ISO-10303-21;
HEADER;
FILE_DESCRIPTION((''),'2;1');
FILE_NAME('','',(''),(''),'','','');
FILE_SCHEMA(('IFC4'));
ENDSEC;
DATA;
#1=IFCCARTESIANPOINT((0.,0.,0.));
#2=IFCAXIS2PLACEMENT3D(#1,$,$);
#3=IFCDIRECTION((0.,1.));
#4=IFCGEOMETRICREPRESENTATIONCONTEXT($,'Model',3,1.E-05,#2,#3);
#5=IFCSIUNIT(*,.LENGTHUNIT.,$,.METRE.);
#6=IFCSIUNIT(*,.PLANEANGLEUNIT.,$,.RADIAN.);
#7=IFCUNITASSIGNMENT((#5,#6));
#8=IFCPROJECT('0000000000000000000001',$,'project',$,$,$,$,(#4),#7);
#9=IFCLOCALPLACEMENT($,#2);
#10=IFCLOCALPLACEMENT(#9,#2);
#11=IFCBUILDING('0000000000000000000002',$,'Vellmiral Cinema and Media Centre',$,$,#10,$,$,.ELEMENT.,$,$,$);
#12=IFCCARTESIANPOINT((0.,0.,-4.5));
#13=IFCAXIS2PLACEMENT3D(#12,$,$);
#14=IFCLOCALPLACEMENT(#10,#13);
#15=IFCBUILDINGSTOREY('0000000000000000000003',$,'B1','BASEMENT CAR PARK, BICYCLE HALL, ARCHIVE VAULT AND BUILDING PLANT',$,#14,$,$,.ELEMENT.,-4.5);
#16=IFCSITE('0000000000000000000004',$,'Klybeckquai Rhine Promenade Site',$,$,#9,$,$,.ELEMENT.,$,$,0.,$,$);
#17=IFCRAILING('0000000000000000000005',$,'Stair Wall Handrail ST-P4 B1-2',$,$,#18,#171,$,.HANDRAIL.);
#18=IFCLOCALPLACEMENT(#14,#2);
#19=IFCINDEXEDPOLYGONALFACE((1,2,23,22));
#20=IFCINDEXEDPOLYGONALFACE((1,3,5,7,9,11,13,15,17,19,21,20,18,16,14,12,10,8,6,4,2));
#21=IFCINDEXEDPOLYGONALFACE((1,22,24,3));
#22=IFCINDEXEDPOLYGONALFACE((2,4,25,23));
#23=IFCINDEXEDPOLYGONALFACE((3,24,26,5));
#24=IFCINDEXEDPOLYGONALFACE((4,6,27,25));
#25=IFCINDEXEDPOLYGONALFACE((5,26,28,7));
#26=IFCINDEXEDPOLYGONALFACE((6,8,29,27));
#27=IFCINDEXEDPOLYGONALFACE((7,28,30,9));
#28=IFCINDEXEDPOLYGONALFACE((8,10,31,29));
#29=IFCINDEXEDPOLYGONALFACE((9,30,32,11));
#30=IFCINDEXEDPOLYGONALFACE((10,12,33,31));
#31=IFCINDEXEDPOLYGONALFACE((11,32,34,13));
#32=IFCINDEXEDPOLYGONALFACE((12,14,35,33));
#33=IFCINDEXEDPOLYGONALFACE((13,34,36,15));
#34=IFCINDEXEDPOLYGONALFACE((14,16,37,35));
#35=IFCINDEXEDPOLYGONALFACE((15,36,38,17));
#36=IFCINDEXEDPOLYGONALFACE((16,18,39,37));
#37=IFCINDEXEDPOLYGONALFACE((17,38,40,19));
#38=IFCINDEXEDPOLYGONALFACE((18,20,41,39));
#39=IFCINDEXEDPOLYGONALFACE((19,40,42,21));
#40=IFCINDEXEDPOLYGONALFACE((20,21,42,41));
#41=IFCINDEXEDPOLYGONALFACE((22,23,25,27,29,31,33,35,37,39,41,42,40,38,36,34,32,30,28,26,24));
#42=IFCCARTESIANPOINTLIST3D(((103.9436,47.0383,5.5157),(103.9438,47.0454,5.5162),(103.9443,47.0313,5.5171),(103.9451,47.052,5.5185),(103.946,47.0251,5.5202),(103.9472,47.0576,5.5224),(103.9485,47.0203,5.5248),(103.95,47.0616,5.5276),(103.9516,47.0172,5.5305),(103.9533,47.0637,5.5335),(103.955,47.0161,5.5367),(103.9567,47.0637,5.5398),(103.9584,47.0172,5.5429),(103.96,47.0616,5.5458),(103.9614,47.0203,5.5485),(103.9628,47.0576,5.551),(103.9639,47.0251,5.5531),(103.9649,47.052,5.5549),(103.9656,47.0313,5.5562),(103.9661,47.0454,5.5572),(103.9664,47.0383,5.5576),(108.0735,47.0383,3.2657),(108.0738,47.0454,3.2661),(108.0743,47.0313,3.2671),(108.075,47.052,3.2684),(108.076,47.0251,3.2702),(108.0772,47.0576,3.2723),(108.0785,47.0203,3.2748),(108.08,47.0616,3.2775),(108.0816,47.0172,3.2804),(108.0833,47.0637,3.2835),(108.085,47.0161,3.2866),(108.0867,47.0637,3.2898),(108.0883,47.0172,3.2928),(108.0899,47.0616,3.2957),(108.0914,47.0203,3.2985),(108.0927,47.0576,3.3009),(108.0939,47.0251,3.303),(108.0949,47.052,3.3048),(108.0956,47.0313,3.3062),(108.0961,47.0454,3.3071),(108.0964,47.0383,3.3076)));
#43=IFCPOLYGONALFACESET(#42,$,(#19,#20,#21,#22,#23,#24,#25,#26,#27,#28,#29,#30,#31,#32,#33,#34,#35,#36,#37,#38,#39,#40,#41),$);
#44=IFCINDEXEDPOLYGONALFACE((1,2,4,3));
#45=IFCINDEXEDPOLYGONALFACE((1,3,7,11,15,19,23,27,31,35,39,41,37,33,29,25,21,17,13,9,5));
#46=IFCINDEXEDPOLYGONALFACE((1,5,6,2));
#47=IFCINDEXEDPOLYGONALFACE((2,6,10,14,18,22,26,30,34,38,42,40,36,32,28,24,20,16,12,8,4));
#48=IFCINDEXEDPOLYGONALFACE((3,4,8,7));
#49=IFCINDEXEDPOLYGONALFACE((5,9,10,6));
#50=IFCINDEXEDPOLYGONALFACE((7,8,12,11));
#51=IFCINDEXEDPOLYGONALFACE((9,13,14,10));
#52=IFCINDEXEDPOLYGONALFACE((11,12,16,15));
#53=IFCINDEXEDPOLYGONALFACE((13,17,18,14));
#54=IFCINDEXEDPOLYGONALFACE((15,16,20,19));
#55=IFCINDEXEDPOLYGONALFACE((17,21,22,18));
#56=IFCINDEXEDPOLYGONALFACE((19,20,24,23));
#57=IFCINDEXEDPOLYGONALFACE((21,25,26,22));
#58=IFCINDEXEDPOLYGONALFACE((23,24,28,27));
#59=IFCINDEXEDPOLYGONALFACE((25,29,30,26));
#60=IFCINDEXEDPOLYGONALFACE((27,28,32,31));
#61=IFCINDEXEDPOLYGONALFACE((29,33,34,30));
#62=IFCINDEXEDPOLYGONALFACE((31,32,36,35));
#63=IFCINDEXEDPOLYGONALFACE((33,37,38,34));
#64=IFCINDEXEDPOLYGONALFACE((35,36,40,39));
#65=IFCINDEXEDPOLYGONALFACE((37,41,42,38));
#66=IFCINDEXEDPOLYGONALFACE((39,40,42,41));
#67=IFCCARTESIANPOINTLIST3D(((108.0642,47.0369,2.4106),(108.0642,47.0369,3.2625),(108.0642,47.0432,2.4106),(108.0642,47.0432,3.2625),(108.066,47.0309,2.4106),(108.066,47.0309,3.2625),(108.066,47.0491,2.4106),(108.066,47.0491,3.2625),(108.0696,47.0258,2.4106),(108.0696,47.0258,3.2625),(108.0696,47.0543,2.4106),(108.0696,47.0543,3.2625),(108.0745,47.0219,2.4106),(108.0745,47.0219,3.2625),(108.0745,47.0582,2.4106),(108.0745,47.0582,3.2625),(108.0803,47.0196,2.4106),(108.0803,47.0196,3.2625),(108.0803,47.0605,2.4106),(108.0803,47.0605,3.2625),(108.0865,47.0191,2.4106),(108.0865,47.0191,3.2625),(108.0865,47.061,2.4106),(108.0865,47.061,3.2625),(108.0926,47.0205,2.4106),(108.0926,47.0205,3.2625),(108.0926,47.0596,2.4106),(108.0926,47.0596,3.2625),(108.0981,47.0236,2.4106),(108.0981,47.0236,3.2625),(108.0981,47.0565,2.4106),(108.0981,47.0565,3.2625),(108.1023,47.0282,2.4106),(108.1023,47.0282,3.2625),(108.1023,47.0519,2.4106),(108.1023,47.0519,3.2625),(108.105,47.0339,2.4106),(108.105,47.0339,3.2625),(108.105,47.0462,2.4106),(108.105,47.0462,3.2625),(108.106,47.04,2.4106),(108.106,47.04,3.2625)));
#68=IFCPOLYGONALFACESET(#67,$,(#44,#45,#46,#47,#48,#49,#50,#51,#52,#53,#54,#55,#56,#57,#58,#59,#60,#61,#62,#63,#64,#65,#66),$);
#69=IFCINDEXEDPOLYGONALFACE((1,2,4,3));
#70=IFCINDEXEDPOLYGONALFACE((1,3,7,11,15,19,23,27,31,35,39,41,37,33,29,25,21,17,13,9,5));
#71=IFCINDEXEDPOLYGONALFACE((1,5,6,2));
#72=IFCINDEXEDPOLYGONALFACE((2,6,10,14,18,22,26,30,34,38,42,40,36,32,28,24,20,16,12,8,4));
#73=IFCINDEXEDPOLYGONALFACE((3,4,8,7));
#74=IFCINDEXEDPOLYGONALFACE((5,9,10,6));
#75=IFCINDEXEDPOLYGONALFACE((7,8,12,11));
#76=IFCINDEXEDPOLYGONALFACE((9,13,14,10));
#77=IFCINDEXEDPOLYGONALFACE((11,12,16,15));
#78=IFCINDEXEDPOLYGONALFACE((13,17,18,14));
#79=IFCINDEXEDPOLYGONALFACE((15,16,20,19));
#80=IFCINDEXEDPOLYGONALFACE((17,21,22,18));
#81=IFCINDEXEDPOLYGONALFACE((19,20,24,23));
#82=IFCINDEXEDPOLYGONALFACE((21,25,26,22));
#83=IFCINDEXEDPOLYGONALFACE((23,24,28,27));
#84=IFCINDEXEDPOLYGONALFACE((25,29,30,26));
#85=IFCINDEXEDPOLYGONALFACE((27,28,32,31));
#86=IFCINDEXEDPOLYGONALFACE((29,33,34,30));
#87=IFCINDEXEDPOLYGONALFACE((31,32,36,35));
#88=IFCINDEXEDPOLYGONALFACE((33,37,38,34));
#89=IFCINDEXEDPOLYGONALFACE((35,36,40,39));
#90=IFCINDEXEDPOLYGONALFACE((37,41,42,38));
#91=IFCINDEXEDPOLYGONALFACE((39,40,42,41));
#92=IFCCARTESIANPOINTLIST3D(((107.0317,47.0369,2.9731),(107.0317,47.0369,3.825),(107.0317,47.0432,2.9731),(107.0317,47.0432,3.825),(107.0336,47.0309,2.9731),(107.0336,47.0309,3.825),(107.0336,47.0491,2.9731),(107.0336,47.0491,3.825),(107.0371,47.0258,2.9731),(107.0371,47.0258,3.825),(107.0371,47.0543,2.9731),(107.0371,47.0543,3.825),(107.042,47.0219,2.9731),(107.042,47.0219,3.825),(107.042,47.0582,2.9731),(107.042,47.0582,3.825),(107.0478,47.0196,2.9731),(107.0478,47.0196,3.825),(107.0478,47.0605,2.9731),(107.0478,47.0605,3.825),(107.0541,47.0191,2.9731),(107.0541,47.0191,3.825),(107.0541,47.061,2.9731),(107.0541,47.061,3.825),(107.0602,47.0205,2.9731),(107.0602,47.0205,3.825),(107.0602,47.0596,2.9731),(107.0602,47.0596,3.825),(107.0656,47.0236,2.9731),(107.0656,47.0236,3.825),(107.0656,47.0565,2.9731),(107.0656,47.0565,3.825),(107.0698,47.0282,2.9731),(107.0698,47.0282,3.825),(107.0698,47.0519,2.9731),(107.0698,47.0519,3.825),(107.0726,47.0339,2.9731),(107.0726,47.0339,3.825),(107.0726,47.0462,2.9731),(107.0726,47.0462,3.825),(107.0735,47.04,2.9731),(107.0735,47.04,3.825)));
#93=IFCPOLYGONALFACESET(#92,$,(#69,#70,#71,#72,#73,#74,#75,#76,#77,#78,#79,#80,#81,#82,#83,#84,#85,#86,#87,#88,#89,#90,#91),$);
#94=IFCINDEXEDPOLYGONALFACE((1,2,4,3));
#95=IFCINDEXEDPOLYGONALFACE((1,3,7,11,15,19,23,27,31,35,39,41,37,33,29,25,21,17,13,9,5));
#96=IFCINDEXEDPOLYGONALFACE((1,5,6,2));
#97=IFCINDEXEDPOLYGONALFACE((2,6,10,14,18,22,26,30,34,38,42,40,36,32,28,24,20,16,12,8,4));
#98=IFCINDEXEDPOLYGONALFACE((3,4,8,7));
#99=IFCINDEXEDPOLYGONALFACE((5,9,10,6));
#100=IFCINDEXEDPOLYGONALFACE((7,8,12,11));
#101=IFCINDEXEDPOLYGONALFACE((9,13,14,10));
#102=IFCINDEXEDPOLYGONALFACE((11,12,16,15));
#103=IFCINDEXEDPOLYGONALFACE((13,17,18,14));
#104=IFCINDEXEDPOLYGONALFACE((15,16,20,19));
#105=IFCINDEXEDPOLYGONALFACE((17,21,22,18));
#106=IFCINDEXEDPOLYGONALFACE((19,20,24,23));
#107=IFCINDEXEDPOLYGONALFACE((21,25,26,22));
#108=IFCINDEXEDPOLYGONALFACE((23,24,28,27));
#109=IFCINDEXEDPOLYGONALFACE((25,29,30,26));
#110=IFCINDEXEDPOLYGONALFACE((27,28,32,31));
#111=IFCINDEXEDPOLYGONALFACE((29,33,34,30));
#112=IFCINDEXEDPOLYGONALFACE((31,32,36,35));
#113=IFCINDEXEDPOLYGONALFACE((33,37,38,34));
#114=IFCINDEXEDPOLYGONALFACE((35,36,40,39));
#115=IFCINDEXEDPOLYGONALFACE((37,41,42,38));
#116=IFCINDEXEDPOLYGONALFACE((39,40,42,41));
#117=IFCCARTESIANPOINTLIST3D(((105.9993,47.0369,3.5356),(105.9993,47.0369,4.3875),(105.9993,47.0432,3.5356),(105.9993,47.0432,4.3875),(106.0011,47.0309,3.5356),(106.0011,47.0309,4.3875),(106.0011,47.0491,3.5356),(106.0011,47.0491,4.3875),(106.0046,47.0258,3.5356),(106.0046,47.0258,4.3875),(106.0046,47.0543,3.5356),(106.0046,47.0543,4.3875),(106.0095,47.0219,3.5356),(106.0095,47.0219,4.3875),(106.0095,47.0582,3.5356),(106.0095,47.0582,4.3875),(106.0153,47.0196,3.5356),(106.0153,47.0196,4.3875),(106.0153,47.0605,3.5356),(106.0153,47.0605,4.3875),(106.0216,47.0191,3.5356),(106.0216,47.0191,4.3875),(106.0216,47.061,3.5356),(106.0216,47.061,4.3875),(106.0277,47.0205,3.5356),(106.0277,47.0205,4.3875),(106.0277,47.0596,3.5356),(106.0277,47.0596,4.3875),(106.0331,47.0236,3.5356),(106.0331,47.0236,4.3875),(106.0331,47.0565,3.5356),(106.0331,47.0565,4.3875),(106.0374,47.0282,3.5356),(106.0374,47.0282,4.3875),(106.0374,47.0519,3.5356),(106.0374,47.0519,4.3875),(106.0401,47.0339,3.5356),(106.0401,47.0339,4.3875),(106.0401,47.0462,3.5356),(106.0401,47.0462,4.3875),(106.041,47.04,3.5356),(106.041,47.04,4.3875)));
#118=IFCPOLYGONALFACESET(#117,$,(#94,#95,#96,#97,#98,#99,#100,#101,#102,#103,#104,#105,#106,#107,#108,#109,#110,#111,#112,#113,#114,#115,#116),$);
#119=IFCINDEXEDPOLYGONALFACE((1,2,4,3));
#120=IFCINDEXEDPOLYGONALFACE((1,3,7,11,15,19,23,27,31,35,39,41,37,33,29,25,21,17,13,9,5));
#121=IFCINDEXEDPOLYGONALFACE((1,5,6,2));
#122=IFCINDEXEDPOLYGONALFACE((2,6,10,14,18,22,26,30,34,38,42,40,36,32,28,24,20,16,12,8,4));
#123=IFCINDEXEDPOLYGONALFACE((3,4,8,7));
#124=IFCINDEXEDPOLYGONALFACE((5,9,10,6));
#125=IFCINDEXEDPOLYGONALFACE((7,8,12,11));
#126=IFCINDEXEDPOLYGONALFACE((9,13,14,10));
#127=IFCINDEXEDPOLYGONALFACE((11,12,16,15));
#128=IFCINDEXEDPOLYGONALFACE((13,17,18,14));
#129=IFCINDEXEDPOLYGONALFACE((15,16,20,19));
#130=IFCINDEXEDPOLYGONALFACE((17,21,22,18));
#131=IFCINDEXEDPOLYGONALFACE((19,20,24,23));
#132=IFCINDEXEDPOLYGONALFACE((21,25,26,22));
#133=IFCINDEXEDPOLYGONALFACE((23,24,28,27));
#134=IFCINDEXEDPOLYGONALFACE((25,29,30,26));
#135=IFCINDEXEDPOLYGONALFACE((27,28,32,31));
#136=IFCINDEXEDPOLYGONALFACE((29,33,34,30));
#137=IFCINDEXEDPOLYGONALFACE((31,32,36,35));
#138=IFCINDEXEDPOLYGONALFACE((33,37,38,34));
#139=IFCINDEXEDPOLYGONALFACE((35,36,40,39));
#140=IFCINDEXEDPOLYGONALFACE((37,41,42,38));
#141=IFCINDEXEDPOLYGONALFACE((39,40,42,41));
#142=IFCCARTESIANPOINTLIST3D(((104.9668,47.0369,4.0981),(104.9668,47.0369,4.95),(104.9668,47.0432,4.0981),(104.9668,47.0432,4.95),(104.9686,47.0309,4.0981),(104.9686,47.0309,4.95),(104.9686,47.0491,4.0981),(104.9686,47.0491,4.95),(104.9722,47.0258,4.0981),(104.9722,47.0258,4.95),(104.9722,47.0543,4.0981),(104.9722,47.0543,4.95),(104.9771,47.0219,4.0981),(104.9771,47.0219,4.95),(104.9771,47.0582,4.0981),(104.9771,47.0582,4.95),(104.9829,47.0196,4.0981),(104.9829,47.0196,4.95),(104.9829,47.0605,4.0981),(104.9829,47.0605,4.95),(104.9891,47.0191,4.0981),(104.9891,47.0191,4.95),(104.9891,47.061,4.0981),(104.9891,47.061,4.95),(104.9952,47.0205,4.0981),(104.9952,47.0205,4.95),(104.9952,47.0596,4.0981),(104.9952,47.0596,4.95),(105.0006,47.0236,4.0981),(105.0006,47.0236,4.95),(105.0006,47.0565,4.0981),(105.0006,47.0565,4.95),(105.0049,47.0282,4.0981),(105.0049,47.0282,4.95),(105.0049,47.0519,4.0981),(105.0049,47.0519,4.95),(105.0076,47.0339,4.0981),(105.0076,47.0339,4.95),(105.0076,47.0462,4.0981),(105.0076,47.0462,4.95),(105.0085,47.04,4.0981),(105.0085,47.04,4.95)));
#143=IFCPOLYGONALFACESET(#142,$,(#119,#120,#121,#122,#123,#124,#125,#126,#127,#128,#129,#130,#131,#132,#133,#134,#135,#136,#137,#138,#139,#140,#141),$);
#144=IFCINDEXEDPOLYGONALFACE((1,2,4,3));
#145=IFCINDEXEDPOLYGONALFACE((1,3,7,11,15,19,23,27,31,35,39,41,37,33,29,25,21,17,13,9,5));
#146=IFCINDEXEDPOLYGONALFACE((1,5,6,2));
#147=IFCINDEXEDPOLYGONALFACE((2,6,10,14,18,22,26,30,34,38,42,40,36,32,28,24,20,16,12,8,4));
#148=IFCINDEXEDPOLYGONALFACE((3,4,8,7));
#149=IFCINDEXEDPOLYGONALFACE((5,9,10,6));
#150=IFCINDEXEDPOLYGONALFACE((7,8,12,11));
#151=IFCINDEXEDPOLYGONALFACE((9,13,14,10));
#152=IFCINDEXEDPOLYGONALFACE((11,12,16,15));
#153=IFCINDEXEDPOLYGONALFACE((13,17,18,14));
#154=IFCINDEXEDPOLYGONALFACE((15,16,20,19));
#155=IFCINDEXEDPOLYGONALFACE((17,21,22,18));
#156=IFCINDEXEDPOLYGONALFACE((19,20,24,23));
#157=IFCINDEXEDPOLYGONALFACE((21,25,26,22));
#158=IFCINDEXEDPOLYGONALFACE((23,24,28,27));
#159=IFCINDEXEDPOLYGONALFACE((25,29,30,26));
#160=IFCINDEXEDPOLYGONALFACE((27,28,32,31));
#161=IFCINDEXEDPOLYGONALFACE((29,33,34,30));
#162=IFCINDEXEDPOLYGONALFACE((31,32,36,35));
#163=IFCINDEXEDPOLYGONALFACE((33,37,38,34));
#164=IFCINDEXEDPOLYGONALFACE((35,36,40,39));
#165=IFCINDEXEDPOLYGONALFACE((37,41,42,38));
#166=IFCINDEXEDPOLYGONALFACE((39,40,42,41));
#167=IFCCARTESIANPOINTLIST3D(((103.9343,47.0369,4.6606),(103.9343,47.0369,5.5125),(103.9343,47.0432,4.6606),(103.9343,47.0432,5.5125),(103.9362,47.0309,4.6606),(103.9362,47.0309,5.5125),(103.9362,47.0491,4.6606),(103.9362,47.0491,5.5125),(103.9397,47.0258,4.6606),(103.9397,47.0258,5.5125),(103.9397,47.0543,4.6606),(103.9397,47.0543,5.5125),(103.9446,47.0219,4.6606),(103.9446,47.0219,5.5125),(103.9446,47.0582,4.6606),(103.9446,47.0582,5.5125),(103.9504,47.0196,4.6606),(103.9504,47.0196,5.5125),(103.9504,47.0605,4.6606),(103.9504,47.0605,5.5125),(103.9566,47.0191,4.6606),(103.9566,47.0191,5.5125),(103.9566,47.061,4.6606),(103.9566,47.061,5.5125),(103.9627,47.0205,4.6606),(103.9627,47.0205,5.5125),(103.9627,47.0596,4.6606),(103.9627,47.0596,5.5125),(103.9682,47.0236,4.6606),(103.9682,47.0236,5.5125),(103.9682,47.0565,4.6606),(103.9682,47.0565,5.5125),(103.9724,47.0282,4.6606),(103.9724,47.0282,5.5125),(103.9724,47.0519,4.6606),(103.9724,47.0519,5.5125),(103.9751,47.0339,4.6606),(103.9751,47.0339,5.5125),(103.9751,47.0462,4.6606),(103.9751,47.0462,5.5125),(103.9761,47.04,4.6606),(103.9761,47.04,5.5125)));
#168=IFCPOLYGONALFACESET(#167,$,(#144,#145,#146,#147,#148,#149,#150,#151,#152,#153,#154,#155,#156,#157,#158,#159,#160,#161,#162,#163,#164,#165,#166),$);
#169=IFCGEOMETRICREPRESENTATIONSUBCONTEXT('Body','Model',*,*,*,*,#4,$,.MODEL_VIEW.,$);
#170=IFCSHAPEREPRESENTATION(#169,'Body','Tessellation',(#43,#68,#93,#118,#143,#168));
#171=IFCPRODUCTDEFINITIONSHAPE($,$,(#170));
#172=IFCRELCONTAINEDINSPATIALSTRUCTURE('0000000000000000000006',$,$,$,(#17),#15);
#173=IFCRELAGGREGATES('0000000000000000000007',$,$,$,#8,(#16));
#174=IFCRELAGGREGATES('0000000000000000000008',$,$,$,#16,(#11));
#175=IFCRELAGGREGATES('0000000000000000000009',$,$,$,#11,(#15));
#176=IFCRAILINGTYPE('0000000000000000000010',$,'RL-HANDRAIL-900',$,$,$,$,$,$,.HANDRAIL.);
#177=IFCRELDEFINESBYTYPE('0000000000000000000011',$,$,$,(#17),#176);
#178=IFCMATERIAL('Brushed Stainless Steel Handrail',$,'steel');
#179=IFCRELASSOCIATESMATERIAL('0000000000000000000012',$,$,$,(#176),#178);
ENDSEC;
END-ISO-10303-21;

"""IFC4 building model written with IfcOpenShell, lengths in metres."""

from ifc_helpers import new_model, si_unit, direction, frame, origin, origin_2d, place, context, subcontext, project, spatial, circle, extrude, material, type_object, element, save


model = new_model("IFC4")

# Units and contexts
model_context = context("Model", 3, precision=1e-05, world=origin(), true_north=direction((0.0, 1.0)))
body_context = subcontext(model_context, "Body", "Model", "MODEL_VIEW")
ifc_project = project(units=[si_unit("LENGTHUNIT", "METRE"), si_unit("PLANEANGLEUNIT", "RADIAN")], contexts=[model_context])

# Site, building, storey
site_placement = place(None, origin())
site = spatial("IfcSite", under=ifc_project, at=site_placement, Name="Klybeckquai Rhine Promenade Site", CompositionType="ELEMENT", RefElevation=0.0)
building_placement = place(site_placement, origin())
building = spatial("IfcBuilding", under=site, at=building_placement, Name="Vellmiral Cinema and Media Centre", CompositionType="ELEMENT")
storey_placement = place(building_placement, frame((0.0, 0.0, -4.5)))
storey = spatial("IfcBuildingStorey", under=building, at=storey_placement, Name="B1", Description="BASEMENT CAR PARK, BICYCLE HALL, ARCHIVE VAULT AND BUILDING PLANT", CompositionType="ELEMENT", Elevation=-4.5)

# Railing
ifc_material_1 = material(Name="Brushed Stainless Steel Handrail", Category="steel")
railing_type_1 = type_object("IfcRailingType", Name="RL-HANDRAIL-900", PredefinedType="HANDRAIL", material=ifc_material_1)
railing_1_placement = place(storey_placement, frame((108.085, 47.04, 2.4106)))
element("IfcRailing", 1, at=railing_1_placement, inside=storey, type_object=railing_type_1, Name="Stair Wall Handrail ST-P4 B1-2", PredefinedType="HANDRAIL", context=body_context, shape_type="SweptSolid", body=[
    extrude(circle(Radius=0.0239, at=origin_2d()), frame((0.0, 0.0, 0.876), z_axis=(-0.878134, 0.0, 0.478416), x_axis=(0.0, -1.0, 0.0)), (0.0, 0.0, 1.0), 4.7031),
    extrude(circle(Radius=0.021, at=origin_2d()), origin(), (0.0, 0.0, 1.0), 0.8518),
    extrude(circle(Radius=0.021, at=origin_2d()), frame((-1.0325, 0.0, 0.5625)), (0.0, 0.0, 1.0), 0.8518),
    extrude(circle(Radius=0.021, at=origin_2d()), frame((-2.0649, 0.0, 1.125)), (0.0, 0.0, 1.0), 0.8518),
    extrude(circle(Radius=0.021, at=origin_2d()), frame((-3.0974, 0.0, 1.6875)), (0.0, 0.0, 1.0), 0.8518),
    extrude(circle(Radius=0.021, at=origin_2d()), frame((-4.1299, 0.0, 2.25)), (0.0, 0.0, 1.0), 0.8518),
])

save(model, "model.ifc")
